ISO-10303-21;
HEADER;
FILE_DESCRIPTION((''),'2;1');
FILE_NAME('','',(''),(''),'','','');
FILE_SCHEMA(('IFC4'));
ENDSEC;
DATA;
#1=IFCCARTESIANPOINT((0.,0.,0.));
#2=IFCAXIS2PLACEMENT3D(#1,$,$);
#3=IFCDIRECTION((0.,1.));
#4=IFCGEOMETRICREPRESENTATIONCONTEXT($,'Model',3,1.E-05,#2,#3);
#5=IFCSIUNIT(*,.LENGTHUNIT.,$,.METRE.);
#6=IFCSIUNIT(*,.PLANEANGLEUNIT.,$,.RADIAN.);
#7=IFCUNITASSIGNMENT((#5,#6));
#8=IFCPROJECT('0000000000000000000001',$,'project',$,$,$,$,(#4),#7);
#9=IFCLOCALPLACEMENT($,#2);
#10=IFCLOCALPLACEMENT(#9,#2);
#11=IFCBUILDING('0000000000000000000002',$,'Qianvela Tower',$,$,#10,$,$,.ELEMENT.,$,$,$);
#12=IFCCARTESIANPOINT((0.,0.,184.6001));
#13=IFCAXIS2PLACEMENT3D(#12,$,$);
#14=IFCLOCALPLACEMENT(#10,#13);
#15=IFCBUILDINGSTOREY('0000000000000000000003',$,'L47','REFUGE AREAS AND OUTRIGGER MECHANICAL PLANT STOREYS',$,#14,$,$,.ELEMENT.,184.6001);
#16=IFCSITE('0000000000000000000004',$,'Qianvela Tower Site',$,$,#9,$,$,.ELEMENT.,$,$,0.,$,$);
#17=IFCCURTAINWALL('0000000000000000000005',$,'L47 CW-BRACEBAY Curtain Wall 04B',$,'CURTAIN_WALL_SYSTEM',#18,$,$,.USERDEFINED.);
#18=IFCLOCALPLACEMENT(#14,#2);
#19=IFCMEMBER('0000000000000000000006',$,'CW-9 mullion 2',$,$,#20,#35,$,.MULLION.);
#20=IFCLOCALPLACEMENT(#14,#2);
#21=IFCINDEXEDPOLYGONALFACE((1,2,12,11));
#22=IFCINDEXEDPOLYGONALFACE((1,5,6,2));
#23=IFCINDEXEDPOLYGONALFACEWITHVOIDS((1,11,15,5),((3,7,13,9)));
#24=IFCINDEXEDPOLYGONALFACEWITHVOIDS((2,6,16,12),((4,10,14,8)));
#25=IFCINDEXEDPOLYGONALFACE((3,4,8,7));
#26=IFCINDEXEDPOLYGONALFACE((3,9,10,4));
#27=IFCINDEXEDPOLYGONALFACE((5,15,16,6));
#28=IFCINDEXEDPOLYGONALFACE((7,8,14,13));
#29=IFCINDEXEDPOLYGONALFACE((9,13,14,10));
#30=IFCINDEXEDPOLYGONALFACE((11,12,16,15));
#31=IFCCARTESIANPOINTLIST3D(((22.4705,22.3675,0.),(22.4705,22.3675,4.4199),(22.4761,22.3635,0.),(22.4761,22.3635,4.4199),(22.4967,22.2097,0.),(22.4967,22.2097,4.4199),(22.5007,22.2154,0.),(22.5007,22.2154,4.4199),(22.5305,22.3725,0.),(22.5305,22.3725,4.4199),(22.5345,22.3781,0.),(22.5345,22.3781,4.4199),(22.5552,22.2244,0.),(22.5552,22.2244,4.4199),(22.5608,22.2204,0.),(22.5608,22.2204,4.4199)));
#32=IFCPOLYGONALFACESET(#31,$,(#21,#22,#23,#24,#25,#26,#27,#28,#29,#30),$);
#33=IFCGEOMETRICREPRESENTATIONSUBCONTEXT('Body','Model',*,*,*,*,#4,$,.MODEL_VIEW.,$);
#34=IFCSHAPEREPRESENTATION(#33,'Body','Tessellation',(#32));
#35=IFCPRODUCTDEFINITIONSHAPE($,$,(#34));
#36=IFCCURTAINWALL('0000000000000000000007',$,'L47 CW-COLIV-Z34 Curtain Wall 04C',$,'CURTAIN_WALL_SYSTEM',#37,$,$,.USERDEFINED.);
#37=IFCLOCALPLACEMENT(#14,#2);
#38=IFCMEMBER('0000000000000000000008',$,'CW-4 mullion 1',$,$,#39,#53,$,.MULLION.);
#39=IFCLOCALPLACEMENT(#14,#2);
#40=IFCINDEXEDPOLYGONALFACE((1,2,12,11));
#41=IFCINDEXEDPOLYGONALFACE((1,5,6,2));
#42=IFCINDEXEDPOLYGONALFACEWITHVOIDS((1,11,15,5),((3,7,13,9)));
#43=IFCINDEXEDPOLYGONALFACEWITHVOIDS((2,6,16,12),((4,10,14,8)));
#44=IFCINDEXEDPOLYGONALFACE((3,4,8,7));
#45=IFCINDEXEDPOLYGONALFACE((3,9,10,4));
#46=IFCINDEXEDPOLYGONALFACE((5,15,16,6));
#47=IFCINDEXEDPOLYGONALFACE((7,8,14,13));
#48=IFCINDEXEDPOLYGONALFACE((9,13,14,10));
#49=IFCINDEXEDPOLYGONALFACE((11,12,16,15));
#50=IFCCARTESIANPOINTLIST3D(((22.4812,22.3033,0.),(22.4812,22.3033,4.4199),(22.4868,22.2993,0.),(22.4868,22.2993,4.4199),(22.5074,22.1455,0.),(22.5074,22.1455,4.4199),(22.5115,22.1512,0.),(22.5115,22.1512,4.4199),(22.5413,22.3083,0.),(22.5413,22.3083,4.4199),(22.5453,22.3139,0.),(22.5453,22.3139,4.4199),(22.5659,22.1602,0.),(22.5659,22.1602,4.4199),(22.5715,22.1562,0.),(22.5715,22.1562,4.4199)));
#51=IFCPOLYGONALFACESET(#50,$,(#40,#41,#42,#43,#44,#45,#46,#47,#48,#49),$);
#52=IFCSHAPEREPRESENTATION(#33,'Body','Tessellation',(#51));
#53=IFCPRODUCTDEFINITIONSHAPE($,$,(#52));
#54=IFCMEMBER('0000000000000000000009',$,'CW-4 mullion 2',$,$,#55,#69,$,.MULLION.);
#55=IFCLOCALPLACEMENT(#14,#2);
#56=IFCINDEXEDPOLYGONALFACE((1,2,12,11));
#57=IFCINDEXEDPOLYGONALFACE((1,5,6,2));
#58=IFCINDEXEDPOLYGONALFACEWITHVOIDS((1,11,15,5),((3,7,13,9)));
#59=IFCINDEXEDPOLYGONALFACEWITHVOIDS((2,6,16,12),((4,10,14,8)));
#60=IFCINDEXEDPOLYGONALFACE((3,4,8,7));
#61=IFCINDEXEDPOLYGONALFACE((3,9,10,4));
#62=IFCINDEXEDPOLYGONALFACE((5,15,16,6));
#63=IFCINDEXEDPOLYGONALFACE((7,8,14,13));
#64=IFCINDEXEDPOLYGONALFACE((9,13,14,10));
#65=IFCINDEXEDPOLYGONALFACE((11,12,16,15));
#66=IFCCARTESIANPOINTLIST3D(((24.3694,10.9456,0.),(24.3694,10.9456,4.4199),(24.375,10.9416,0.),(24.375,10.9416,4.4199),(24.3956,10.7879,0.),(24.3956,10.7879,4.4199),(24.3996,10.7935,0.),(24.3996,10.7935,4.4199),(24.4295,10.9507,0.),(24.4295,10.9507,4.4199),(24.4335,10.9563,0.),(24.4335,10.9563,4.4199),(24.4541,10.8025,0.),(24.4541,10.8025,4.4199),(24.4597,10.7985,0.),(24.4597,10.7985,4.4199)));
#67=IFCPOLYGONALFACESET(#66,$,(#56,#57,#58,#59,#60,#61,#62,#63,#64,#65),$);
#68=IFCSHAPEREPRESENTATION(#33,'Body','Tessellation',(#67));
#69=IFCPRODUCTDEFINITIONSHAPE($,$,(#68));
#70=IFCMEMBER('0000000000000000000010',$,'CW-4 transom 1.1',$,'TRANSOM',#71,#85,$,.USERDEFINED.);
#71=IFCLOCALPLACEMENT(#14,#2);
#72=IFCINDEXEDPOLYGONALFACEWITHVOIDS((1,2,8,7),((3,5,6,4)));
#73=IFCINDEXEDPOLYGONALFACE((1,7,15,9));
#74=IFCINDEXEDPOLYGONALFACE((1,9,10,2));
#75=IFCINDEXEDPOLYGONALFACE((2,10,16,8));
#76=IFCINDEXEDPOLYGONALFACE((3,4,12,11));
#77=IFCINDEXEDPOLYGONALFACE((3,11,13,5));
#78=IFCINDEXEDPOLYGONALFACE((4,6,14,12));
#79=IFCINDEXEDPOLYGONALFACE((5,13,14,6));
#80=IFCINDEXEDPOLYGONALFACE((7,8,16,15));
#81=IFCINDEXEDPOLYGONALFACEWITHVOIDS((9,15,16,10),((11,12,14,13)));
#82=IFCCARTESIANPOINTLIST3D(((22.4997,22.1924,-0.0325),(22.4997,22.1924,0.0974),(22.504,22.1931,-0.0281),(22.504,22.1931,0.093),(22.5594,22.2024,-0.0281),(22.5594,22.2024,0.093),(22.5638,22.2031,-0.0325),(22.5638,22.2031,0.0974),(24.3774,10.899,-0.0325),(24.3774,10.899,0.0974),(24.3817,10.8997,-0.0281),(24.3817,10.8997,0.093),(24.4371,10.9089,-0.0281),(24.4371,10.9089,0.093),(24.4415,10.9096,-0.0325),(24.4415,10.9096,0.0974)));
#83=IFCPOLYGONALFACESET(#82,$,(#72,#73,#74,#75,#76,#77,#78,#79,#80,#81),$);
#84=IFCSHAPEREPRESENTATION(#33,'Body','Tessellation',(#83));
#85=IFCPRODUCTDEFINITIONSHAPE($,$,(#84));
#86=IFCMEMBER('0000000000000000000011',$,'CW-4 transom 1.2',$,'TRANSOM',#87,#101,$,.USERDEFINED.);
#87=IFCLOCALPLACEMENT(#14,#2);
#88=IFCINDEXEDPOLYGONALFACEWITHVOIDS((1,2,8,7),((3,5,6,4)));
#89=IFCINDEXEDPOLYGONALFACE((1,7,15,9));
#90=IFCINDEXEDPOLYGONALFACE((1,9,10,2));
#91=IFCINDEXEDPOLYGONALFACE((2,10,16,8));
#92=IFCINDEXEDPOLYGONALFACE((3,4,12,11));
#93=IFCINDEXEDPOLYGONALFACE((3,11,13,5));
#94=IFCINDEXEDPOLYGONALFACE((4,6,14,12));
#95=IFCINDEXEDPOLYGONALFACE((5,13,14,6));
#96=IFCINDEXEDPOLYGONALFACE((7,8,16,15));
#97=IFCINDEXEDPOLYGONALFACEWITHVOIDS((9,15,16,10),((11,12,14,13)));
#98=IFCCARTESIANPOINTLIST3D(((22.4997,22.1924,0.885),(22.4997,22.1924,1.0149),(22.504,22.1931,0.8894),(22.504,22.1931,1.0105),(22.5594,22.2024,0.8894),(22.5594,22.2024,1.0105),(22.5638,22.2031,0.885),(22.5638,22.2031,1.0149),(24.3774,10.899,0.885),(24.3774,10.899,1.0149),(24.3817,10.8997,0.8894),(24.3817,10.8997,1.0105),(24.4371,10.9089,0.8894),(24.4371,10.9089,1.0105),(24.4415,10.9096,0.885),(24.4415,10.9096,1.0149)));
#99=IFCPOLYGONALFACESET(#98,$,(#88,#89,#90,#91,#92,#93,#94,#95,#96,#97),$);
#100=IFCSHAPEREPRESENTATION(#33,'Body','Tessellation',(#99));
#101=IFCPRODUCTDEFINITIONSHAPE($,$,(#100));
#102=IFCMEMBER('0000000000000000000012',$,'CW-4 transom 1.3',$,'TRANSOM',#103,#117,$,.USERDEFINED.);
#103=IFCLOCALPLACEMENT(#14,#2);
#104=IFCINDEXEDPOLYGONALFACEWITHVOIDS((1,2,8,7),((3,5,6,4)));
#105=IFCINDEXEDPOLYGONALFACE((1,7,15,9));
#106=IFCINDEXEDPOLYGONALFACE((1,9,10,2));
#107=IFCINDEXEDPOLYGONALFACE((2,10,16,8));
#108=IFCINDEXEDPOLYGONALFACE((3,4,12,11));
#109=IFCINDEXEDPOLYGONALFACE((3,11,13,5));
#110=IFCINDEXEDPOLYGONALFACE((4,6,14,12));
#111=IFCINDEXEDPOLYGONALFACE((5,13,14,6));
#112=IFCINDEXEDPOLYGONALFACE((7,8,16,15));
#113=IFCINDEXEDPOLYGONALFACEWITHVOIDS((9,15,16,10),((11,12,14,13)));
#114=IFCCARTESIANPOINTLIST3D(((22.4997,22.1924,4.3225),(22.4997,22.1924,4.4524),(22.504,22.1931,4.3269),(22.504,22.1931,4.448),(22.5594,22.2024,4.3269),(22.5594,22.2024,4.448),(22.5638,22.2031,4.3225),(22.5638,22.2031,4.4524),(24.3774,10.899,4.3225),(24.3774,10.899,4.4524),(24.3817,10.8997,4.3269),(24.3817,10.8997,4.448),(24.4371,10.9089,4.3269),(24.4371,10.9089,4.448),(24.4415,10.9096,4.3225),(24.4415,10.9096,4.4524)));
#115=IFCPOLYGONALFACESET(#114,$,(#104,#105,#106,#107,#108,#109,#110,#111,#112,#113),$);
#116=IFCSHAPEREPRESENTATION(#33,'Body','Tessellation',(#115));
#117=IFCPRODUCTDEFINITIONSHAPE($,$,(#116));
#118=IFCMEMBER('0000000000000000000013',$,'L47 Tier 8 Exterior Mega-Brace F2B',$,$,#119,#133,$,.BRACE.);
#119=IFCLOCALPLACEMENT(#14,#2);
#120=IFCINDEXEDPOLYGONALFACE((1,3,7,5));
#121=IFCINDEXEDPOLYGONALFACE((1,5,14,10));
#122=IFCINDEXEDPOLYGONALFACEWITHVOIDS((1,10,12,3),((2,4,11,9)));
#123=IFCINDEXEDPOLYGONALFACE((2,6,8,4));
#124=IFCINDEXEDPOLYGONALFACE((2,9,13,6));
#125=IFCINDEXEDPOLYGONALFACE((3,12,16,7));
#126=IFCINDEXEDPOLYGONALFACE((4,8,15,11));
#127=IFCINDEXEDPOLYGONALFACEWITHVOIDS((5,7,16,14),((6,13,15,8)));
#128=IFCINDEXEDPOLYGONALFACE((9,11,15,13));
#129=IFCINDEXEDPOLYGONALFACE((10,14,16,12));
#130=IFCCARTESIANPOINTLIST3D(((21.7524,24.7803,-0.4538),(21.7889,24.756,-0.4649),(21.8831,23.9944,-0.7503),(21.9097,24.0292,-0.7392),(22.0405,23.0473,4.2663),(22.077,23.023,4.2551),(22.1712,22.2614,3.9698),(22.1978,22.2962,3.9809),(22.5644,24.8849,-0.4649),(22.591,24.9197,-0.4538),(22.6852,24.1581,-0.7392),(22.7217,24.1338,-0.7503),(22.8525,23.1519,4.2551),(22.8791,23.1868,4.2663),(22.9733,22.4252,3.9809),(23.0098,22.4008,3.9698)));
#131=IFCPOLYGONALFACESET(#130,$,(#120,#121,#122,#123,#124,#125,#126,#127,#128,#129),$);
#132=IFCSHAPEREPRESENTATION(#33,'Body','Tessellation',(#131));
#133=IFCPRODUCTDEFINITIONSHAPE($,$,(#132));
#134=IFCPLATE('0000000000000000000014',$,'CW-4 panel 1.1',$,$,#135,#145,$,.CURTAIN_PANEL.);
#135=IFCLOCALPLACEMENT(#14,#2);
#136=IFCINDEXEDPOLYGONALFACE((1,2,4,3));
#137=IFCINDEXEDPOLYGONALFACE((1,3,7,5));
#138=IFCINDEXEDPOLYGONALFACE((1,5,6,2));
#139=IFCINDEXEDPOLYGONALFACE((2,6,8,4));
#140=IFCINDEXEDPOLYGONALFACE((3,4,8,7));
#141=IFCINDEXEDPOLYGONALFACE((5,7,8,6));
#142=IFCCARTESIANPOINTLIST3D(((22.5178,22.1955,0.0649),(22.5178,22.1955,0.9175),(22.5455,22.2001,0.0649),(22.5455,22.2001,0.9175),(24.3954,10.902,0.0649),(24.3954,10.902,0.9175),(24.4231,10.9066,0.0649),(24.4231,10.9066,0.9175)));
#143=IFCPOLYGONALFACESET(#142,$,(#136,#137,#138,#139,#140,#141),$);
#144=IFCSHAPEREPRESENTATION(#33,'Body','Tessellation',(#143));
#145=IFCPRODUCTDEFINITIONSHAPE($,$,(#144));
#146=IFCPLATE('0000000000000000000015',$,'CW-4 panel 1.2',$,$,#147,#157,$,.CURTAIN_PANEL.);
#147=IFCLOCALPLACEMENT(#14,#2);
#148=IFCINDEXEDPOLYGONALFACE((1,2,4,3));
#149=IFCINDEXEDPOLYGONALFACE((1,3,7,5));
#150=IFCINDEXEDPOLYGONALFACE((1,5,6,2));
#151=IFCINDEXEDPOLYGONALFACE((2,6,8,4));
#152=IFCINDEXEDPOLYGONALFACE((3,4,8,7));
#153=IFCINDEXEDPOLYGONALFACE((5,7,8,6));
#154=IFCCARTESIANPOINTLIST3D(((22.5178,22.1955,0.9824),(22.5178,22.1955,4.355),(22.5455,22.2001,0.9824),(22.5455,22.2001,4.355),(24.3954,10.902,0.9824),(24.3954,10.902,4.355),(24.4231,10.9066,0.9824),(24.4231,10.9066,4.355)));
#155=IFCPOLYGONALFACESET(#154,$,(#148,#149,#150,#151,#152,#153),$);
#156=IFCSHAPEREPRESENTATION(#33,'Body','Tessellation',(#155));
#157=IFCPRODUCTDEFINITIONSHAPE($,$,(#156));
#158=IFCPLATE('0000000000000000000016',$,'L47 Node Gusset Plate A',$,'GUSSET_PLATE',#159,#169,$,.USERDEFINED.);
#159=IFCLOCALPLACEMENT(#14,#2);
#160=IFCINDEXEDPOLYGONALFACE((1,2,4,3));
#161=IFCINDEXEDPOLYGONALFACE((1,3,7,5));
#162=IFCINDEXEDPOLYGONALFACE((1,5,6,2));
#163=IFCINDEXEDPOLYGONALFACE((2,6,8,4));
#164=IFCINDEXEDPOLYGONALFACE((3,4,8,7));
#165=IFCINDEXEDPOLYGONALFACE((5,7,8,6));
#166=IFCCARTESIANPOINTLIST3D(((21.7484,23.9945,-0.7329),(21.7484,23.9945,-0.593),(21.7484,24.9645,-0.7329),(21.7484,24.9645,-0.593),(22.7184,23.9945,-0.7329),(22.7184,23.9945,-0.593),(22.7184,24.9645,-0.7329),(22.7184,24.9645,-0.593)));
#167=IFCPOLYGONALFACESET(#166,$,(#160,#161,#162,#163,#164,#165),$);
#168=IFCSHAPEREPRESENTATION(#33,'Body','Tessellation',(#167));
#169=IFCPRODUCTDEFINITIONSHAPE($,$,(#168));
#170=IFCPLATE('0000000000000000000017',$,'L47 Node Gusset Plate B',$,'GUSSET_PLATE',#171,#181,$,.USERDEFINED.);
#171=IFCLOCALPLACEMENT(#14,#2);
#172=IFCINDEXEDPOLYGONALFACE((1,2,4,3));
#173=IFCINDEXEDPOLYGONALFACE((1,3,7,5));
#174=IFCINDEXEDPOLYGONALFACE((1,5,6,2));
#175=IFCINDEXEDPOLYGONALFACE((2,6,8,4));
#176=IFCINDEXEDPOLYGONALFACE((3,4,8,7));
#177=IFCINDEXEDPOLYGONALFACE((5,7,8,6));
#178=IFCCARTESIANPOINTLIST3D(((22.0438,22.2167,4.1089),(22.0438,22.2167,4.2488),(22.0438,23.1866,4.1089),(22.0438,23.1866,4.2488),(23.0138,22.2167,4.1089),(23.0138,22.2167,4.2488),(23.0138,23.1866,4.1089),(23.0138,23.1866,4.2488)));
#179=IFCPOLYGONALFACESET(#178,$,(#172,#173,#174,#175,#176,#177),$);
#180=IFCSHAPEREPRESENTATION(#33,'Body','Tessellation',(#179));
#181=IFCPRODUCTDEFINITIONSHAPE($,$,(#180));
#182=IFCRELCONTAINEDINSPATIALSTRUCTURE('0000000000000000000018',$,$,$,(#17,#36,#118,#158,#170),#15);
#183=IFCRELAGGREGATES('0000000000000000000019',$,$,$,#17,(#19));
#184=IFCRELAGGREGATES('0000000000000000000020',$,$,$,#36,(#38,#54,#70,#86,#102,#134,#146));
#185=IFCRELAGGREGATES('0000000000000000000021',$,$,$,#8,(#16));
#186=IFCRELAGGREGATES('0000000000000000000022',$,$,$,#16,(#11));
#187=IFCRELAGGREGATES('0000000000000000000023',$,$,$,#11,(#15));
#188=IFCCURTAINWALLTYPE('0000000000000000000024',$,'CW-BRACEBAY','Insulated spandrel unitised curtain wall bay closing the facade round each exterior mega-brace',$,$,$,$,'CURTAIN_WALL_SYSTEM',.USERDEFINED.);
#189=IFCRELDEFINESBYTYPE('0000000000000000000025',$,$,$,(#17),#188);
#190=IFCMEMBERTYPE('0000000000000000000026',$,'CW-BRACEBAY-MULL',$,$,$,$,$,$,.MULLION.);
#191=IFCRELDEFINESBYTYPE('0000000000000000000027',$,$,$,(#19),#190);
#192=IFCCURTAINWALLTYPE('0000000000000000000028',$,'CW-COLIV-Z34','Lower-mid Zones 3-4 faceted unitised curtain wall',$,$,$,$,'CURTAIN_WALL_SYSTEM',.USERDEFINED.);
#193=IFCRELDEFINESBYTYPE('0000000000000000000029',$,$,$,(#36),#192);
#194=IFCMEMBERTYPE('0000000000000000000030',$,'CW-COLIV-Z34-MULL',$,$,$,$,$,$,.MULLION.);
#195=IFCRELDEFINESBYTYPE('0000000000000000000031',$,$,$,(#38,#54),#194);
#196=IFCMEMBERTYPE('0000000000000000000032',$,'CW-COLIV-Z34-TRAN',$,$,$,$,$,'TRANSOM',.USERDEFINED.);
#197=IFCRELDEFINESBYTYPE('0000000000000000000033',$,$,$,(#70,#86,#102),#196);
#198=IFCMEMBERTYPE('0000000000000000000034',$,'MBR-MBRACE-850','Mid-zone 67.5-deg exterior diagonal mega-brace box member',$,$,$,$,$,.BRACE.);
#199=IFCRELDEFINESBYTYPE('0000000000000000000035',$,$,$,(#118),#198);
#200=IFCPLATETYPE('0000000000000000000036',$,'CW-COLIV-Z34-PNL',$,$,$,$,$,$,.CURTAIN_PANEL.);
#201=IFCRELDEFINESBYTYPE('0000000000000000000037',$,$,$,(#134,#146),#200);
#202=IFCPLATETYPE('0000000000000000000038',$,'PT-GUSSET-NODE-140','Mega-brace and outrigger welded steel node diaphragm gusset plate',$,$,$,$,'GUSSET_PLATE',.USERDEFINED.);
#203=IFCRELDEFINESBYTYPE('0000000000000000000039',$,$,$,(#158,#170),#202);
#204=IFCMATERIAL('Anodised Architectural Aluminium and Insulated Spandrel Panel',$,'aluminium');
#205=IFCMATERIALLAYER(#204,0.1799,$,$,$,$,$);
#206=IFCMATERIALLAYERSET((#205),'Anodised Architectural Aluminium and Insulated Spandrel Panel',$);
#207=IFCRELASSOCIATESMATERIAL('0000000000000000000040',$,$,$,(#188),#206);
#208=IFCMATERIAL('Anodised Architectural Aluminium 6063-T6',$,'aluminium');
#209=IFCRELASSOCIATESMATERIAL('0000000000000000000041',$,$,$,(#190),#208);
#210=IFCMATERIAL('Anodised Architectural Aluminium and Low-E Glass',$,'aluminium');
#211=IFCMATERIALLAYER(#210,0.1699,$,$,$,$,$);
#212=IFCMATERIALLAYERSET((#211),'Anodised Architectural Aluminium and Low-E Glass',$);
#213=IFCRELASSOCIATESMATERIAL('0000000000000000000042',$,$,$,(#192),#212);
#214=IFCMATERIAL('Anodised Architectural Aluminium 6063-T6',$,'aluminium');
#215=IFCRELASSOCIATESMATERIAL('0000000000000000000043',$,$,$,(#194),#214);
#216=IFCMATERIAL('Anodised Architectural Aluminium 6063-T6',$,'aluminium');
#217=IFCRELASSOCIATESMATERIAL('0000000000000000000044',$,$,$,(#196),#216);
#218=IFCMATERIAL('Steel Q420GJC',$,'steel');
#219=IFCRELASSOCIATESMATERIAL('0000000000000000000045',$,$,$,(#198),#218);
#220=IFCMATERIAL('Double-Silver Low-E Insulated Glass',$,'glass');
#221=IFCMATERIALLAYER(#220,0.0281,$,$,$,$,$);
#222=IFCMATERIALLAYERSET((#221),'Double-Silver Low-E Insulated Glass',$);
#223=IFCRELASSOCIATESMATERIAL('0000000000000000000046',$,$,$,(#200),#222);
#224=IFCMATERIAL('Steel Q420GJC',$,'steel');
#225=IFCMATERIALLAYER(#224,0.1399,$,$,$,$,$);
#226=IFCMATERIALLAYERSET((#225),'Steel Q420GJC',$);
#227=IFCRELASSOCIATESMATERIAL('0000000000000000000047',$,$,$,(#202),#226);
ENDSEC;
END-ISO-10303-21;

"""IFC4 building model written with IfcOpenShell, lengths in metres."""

from ifc_helpers import new_model, si_unit, direction, frame, origin, origin_2d, place, context, subcontext, project, spatial, rectangle, hollow_rectangle, extrude, material, layer, layer_set, material_profile, profile_set, type_object, element, aggregate, save


model = new_model("IFC4")

# Units and contexts
model_context = context("Model", 3, precision=1e-05, world=origin(), true_north=direction((0.0, 1.0)))
body_context = subcontext(model_context, "Body", "Model", "MODEL_VIEW")
ifc_project = project(units=[si_unit("LENGTHUNIT", "METRE"), si_unit("PLANEANGLEUNIT", "RADIAN")], contexts=[model_context])

# Site, building, storey
site_placement = place(None, origin())
site = spatial("IfcSite", under=ifc_project, at=site_placement, Name="Qianvela Tower Site", CompositionType="ELEMENT", RefElevation=0.0)
building_placement = place(site_placement, origin())
building = spatial("IfcBuilding", under=site, at=building_placement, Name="Qianvela Tower", CompositionType="ELEMENT")
storey_placement = place(building_placement, frame((0.0, 0.0, 184.6001)))
storey = spatial("IfcBuildingStorey", under=building, at=storey_placement, Name="L47", Description="REFUGE AREAS AND OUTRIGGER MECHANICAL PLANT STOREYS", CompositionType="ELEMENT", Elevation=184.6001)

# Curtain wall, member
ifc_material_1 = material(Name="Anodised Architectural Aluminium and Insulated Spandrel Panel", Category="aluminium")
ifc_layer_1 = layer(ifc_material_1, 0.1799)
ifc_layer_set_1 = layer_set([ifc_layer_1], Name="Anodised Architectural Aluminium and Insulated Spandrel Panel")
curtain_wall_type_1 = type_object("IfcCurtainWallType", Name="CW-BRACEBAY", Description="Insulated spandrel unitised curtain wall bay closing the facade round each exterior mega-brace", ElementType="CURTAIN_WALL_SYSTEM", PredefinedType="USERDEFINED", material=ifc_layer_set_1)
curtain_wall_1_placement = place(storey_placement, origin())
curtain_wall_1 = element("IfcCurtainWall", 1, at=curtain_wall_1_placement, inside=storey, type_object=curtain_wall_type_1, Name="L47 CW-BRACEBAY Curtain Wall 04B", ObjectType="CURTAIN_WALL_SYSTEM", PredefinedType="USERDEFINED")
ifc_material_2 = material(Name="Anodised Architectural Aluminium 6063-T6", Category="aluminium")
ifc_material_profile_1 = material_profile(ifc_material_2, hollow_rectangle(XDim=0.0649, YDim=0.1599, WallThickness=0.0049, at=origin_2d()), Name="ALU-MULL-65x160")
ifc_profile_set_1 = profile_set([ifc_material_profile_1], Name="Anodised Architectural Aluminium 6063-T6")
member_type_1 = type_object("IfcMemberType", Name="CW-BRACEBAY-MULL", PredefinedType="MULLION", material=ifc_profile_set_1)
member_1_placement = place(storey_placement, frame((22.5156, 22.2939, 0.0), z_axis=(0.0, 0.0, 1.0), x_axis=(0.986457, 0.164021, 0.0)))
member_1 = element("IfcMember", 2, at=member_1_placement, type_object=member_type_1, Name="CW-9 mullion 2", PredefinedType="MULLION", context=body_context, shape_type="SweptSolid", body=[
    extrude(hollow_rectangle(XDim=0.0649, YDim=0.1599, WallThickness=0.0049, at=origin_2d()), origin(), (0.0, 0.0, 1.0), 4.4199),
])
aggregate(curtain_wall_1, [member_1])

# Curtain wall, members
ifc_material_3 = material(Name="Anodised Architectural Aluminium and Low-E Glass", Category="aluminium")
ifc_layer_2 = layer(ifc_material_3, 0.1699)
ifc_layer_set_2 = layer_set([ifc_layer_2], Name="Anodised Architectural Aluminium and Low-E Glass")
curtain_wall_type_2 = type_object("IfcCurtainWallType", Name="CW-COLIV-Z34", Description="Lower-mid Zones 3-4 faceted unitised curtain wall", ElementType="CURTAIN_WALL_SYSTEM", PredefinedType="USERDEFINED", material=ifc_layer_set_2)
curtain_wall_2_placement = place(storey_placement, origin())
curtain_wall_2 = element("IfcCurtainWall", 3, at=curtain_wall_2_placement, inside=storey, type_object=curtain_wall_type_2, Name="L47 CW-COLIV-Z34 Curtain Wall 04C", ObjectType="CURTAIN_WALL_SYSTEM", PredefinedType="USERDEFINED")
ifc_material_4 = material(Name="Anodised Architectural Aluminium 6063-T6", Category="aluminium")
ifc_material_profile_2 = material_profile(ifc_material_4, hollow_rectangle(XDim=0.0649, YDim=0.1599, WallThickness=0.0049, at=origin_2d()), Name="ALU-MULL-65x160")
ifc_profile_set_2 = profile_set([ifc_material_profile_2], Name="Anodised Architectural Aluminium 6063-T6")
member_type_2 = type_object("IfcMemberType", Name="CW-COLIV-Z34-MULL", PredefinedType="MULLION", material=ifc_profile_set_2)
member_2_placement = place(storey_placement, frame((22.5264, 22.2297, 0.0), z_axis=(0.0, 0.0, 1.0), x_axis=(0.986459, 0.16401, 0.0)))
member_2 = element("IfcMember", 4, at=member_2_placement, type_object=member_type_2, Name="CW-4 mullion 1", PredefinedType="MULLION", context=body_context, shape_type="SweptSolid", body=[
    extrude(hollow_rectangle(XDim=0.0649, YDim=0.1599, WallThickness=0.0049, at=origin_2d()), origin(), (0.0, 0.0, 1.0), 4.4199),
])
member_3_placement = place(storey_placement, frame((24.4146, 10.8721, 0.0), z_axis=(0.0, 0.0, 1.0), x_axis=(0.986459, 0.16401, 0.0)))
member_3 = element("IfcMember", 5, at=member_3_placement, type_object=member_type_2, Name="CW-4 mullion 2", PredefinedType="MULLION", context=body_context, shape_type="SweptSolid", body=[
    extrude(hollow_rectangle(XDim=0.0649, YDim=0.1599, WallThickness=0.0049, at=origin_2d()), origin(), (0.0, 0.0, 1.0), 4.4199),
])
ifc_material_5 = material(Name="Anodised Architectural Aluminium 6063-T6", Category="aluminium")
ifc_material_profile_3 = material_profile(ifc_material_5, hollow_rectangle(XDim=0.0649, YDim=0.1299, WallThickness=0.0044, at=origin_2d()), Name="ALU-TRAN-65x130")
ifc_profile_set_3 = profile_set([ifc_material_profile_3], Name="Anodised Architectural Aluminium 6063-T6")
member_type_3 = type_object("IfcMemberType", Name="CW-COLIV-Z34-TRAN", ElementType="TRANSOM", PredefinedType="USERDEFINED", material=ifc_profile_set_3)
member_4_placement = place(storey_placement, frame((22.5317, 22.1978, 0.0325), z_axis=(0.164012, -0.986458, 0.0), x_axis=(0.986458, 0.164012, 0.0)))
member_4 = element("IfcMember", 6, at=member_4_placement, type_object=member_type_3, Name="CW-4 transom 1.1", ObjectType="TRANSOM", PredefinedType="USERDEFINED", context=body_context, shape_type="SweptSolid", body=[
    extrude(hollow_rectangle(XDim=0.0649, YDim=0.1299, WallThickness=0.0044, at=origin_2d()), origin(), (0.0, 0.0, 1.0), 11.4485),
])
member_5_placement = place(storey_placement, frame((22.5317, 22.1978, 0.95), z_axis=(0.164012, -0.986458, 0.0), x_axis=(0.986458, 0.164012, 0.0)))
member_5 = element("IfcMember", 7, at=member_5_placement, type_object=member_type_3, Name="CW-4 transom 1.2", ObjectType="TRANSOM", PredefinedType="USERDEFINED", context=body_context, shape_type="SweptSolid", body=[
    extrude(hollow_rectangle(XDim=0.0649, YDim=0.1299, WallThickness=0.0044, at=origin_2d()), origin(), (0.0, 0.0, 1.0), 11.4485),
])
member_6_placement = place(storey_placement, frame((22.5317, 22.1978, 4.3875), z_axis=(0.164012, -0.986458, 0.0), x_axis=(0.986458, 0.164012, 0.0)))
member_6 = element("IfcMember", 8, at=member_6_placement, type_object=member_type_3, Name="CW-4 transom 1.3", ObjectType="TRANSOM", PredefinedType="USERDEFINED", context=body_context, shape_type="SweptSolid", body=[
    extrude(hollow_rectangle(XDim=0.0649, YDim=0.1299, WallThickness=0.0044, at=origin_2d()), origin(), (0.0, 0.0, 1.0), 11.4485),
])

# Member
ifc_material_6 = material(Name="Steel Q420GJC", Category="steel")
ifc_material_profile_4 = material_profile(ifc_material_6, hollow_rectangle(XDim=0.8501, YDim=0.8501, WallThickness=0.032, at=origin_2d()), Name="MBOX-850x850x32")
ifc_profile_set_4 = profile_set([ifc_material_profile_4], Name="Steel Q420GJC")
member_type_4 = type_object("IfcMemberType", Name="MBR-MBRACE-850", Description="Mid-zone 67.5-deg exterior diagonal mega-brace box member", PredefinedType="BRACE", material=ifc_profile_set_4)
member_7_placement = place(storey_placement, frame((22.2371, 24.457, -0.6021), z_axis=(0.057202, -0.344085, 0.937194), x_axis=(0.986461, 0.163993, 0.0)))
element("IfcMember", 9, at=member_7_placement, inside=storey, type_object=member_type_4, Name="L47 Tier 8 Exterior Mega-Brace F2B", PredefinedType="BRACE", context=body_context, shape_type="SweptSolid", body=[
    extrude(hollow_rectangle(XDim=0.8501, YDim=0.8501, WallThickness=0.032, at=origin_2d()), origin(), (0.0, 0.0, 1.0), 5.0364),
])

# Plates
ifc_material_7 = material(Name="Double-Silver Low-E Insulated Glass", Category="glass")
ifc_layer_3 = layer(ifc_material_7, 0.0281)
ifc_layer_set_3 = layer_set([ifc_layer_3], Name="Double-Silver Low-E Insulated Glass")
plate_type_1 = type_object("IfcPlateType", Name="CW-COLIV-Z34-PNL", PredefinedType="CURTAIN_PANEL", material=ifc_layer_set_3)
plate_1_placement = place(storey_placement, frame((23.4705, 16.551, 0.0649), z_axis=(0.0, 0.0, 1.0), x_axis=(0.16401, -0.986459, 0.0)))
plate_1 = element("IfcPlate", 10, at=plate_1_placement, type_object=plate_type_1, Name="CW-4 panel 1.1", PredefinedType="CURTAIN_PANEL", context=body_context, shape_type="SweptSolid", body=[
    extrude(rectangle(XDim=11.4485, YDim=0.0281, at=origin_2d()), origin(), (0.0, 0.0, 1.0), 0.8525),
])
plate_2_placement = place(storey_placement, frame((23.4705, 16.551, 0.9824), z_axis=(0.0, 0.0, 1.0), x_axis=(0.16401, -0.986459, 0.0)))
plate_2 = element("IfcPlate", 11, at=plate_2_placement, type_object=plate_type_1, Name="CW-4 panel 1.2", PredefinedType="CURTAIN_PANEL", context=body_context, shape_type="SweptSolid", body=[
    extrude(rectangle(XDim=11.4485, YDim=0.0281, at=origin_2d()), origin(), (0.0, 0.0, 1.0), 3.3726),
])
aggregate(curtain_wall_2, [member_2, member_3, member_4, member_5, member_6, plate_1, plate_2])

# Plates
ifc_material_8 = material(Name="Steel Q420GJC", Category="steel")
ifc_layer_4 = layer(ifc_material_8, 0.1399)
ifc_layer_set_4 = layer_set([ifc_layer_4], Name="Steel Q420GJC")
plate_type_2 = type_object("IfcPlateType", Name="PT-GUSSET-NODE-140", Description="Mega-brace and outrigger welded steel node diaphragm gusset plate", ElementType="GUSSET_PLATE", PredefinedType="USERDEFINED", material=ifc_layer_set_4)
for number, where, z_axis, x_axis, name in (
    (12, (22.2334, 24.4795, -0.7329), (0.0, 0.0, 1.0), (1.0, 0.0, 0.0), "L47 Node Gusset Plate A"),
    (13, (22.5288, 22.7017, 4.1089), (0.0, 0.0, 1.0), (1.0, 0.0, 0.0), "L47 Node Gusset Plate B"),
):
    element("IfcPlate", number, at=place(storey_placement, frame(where, z_axis=z_axis, x_axis=x_axis)), inside=storey, type_object=plate_type_2, Name=name, ObjectType="GUSSET_PLATE", PredefinedType="USERDEFINED", context=body_context, shape_type="SweptSolid", body=[
        extrude(rectangle(XDim=0.97, YDim=0.97, at=origin_2d()), origin(), (0.0, 0.0, 1.0), 0.1399),
    ])

save(model, "model.ifc")
